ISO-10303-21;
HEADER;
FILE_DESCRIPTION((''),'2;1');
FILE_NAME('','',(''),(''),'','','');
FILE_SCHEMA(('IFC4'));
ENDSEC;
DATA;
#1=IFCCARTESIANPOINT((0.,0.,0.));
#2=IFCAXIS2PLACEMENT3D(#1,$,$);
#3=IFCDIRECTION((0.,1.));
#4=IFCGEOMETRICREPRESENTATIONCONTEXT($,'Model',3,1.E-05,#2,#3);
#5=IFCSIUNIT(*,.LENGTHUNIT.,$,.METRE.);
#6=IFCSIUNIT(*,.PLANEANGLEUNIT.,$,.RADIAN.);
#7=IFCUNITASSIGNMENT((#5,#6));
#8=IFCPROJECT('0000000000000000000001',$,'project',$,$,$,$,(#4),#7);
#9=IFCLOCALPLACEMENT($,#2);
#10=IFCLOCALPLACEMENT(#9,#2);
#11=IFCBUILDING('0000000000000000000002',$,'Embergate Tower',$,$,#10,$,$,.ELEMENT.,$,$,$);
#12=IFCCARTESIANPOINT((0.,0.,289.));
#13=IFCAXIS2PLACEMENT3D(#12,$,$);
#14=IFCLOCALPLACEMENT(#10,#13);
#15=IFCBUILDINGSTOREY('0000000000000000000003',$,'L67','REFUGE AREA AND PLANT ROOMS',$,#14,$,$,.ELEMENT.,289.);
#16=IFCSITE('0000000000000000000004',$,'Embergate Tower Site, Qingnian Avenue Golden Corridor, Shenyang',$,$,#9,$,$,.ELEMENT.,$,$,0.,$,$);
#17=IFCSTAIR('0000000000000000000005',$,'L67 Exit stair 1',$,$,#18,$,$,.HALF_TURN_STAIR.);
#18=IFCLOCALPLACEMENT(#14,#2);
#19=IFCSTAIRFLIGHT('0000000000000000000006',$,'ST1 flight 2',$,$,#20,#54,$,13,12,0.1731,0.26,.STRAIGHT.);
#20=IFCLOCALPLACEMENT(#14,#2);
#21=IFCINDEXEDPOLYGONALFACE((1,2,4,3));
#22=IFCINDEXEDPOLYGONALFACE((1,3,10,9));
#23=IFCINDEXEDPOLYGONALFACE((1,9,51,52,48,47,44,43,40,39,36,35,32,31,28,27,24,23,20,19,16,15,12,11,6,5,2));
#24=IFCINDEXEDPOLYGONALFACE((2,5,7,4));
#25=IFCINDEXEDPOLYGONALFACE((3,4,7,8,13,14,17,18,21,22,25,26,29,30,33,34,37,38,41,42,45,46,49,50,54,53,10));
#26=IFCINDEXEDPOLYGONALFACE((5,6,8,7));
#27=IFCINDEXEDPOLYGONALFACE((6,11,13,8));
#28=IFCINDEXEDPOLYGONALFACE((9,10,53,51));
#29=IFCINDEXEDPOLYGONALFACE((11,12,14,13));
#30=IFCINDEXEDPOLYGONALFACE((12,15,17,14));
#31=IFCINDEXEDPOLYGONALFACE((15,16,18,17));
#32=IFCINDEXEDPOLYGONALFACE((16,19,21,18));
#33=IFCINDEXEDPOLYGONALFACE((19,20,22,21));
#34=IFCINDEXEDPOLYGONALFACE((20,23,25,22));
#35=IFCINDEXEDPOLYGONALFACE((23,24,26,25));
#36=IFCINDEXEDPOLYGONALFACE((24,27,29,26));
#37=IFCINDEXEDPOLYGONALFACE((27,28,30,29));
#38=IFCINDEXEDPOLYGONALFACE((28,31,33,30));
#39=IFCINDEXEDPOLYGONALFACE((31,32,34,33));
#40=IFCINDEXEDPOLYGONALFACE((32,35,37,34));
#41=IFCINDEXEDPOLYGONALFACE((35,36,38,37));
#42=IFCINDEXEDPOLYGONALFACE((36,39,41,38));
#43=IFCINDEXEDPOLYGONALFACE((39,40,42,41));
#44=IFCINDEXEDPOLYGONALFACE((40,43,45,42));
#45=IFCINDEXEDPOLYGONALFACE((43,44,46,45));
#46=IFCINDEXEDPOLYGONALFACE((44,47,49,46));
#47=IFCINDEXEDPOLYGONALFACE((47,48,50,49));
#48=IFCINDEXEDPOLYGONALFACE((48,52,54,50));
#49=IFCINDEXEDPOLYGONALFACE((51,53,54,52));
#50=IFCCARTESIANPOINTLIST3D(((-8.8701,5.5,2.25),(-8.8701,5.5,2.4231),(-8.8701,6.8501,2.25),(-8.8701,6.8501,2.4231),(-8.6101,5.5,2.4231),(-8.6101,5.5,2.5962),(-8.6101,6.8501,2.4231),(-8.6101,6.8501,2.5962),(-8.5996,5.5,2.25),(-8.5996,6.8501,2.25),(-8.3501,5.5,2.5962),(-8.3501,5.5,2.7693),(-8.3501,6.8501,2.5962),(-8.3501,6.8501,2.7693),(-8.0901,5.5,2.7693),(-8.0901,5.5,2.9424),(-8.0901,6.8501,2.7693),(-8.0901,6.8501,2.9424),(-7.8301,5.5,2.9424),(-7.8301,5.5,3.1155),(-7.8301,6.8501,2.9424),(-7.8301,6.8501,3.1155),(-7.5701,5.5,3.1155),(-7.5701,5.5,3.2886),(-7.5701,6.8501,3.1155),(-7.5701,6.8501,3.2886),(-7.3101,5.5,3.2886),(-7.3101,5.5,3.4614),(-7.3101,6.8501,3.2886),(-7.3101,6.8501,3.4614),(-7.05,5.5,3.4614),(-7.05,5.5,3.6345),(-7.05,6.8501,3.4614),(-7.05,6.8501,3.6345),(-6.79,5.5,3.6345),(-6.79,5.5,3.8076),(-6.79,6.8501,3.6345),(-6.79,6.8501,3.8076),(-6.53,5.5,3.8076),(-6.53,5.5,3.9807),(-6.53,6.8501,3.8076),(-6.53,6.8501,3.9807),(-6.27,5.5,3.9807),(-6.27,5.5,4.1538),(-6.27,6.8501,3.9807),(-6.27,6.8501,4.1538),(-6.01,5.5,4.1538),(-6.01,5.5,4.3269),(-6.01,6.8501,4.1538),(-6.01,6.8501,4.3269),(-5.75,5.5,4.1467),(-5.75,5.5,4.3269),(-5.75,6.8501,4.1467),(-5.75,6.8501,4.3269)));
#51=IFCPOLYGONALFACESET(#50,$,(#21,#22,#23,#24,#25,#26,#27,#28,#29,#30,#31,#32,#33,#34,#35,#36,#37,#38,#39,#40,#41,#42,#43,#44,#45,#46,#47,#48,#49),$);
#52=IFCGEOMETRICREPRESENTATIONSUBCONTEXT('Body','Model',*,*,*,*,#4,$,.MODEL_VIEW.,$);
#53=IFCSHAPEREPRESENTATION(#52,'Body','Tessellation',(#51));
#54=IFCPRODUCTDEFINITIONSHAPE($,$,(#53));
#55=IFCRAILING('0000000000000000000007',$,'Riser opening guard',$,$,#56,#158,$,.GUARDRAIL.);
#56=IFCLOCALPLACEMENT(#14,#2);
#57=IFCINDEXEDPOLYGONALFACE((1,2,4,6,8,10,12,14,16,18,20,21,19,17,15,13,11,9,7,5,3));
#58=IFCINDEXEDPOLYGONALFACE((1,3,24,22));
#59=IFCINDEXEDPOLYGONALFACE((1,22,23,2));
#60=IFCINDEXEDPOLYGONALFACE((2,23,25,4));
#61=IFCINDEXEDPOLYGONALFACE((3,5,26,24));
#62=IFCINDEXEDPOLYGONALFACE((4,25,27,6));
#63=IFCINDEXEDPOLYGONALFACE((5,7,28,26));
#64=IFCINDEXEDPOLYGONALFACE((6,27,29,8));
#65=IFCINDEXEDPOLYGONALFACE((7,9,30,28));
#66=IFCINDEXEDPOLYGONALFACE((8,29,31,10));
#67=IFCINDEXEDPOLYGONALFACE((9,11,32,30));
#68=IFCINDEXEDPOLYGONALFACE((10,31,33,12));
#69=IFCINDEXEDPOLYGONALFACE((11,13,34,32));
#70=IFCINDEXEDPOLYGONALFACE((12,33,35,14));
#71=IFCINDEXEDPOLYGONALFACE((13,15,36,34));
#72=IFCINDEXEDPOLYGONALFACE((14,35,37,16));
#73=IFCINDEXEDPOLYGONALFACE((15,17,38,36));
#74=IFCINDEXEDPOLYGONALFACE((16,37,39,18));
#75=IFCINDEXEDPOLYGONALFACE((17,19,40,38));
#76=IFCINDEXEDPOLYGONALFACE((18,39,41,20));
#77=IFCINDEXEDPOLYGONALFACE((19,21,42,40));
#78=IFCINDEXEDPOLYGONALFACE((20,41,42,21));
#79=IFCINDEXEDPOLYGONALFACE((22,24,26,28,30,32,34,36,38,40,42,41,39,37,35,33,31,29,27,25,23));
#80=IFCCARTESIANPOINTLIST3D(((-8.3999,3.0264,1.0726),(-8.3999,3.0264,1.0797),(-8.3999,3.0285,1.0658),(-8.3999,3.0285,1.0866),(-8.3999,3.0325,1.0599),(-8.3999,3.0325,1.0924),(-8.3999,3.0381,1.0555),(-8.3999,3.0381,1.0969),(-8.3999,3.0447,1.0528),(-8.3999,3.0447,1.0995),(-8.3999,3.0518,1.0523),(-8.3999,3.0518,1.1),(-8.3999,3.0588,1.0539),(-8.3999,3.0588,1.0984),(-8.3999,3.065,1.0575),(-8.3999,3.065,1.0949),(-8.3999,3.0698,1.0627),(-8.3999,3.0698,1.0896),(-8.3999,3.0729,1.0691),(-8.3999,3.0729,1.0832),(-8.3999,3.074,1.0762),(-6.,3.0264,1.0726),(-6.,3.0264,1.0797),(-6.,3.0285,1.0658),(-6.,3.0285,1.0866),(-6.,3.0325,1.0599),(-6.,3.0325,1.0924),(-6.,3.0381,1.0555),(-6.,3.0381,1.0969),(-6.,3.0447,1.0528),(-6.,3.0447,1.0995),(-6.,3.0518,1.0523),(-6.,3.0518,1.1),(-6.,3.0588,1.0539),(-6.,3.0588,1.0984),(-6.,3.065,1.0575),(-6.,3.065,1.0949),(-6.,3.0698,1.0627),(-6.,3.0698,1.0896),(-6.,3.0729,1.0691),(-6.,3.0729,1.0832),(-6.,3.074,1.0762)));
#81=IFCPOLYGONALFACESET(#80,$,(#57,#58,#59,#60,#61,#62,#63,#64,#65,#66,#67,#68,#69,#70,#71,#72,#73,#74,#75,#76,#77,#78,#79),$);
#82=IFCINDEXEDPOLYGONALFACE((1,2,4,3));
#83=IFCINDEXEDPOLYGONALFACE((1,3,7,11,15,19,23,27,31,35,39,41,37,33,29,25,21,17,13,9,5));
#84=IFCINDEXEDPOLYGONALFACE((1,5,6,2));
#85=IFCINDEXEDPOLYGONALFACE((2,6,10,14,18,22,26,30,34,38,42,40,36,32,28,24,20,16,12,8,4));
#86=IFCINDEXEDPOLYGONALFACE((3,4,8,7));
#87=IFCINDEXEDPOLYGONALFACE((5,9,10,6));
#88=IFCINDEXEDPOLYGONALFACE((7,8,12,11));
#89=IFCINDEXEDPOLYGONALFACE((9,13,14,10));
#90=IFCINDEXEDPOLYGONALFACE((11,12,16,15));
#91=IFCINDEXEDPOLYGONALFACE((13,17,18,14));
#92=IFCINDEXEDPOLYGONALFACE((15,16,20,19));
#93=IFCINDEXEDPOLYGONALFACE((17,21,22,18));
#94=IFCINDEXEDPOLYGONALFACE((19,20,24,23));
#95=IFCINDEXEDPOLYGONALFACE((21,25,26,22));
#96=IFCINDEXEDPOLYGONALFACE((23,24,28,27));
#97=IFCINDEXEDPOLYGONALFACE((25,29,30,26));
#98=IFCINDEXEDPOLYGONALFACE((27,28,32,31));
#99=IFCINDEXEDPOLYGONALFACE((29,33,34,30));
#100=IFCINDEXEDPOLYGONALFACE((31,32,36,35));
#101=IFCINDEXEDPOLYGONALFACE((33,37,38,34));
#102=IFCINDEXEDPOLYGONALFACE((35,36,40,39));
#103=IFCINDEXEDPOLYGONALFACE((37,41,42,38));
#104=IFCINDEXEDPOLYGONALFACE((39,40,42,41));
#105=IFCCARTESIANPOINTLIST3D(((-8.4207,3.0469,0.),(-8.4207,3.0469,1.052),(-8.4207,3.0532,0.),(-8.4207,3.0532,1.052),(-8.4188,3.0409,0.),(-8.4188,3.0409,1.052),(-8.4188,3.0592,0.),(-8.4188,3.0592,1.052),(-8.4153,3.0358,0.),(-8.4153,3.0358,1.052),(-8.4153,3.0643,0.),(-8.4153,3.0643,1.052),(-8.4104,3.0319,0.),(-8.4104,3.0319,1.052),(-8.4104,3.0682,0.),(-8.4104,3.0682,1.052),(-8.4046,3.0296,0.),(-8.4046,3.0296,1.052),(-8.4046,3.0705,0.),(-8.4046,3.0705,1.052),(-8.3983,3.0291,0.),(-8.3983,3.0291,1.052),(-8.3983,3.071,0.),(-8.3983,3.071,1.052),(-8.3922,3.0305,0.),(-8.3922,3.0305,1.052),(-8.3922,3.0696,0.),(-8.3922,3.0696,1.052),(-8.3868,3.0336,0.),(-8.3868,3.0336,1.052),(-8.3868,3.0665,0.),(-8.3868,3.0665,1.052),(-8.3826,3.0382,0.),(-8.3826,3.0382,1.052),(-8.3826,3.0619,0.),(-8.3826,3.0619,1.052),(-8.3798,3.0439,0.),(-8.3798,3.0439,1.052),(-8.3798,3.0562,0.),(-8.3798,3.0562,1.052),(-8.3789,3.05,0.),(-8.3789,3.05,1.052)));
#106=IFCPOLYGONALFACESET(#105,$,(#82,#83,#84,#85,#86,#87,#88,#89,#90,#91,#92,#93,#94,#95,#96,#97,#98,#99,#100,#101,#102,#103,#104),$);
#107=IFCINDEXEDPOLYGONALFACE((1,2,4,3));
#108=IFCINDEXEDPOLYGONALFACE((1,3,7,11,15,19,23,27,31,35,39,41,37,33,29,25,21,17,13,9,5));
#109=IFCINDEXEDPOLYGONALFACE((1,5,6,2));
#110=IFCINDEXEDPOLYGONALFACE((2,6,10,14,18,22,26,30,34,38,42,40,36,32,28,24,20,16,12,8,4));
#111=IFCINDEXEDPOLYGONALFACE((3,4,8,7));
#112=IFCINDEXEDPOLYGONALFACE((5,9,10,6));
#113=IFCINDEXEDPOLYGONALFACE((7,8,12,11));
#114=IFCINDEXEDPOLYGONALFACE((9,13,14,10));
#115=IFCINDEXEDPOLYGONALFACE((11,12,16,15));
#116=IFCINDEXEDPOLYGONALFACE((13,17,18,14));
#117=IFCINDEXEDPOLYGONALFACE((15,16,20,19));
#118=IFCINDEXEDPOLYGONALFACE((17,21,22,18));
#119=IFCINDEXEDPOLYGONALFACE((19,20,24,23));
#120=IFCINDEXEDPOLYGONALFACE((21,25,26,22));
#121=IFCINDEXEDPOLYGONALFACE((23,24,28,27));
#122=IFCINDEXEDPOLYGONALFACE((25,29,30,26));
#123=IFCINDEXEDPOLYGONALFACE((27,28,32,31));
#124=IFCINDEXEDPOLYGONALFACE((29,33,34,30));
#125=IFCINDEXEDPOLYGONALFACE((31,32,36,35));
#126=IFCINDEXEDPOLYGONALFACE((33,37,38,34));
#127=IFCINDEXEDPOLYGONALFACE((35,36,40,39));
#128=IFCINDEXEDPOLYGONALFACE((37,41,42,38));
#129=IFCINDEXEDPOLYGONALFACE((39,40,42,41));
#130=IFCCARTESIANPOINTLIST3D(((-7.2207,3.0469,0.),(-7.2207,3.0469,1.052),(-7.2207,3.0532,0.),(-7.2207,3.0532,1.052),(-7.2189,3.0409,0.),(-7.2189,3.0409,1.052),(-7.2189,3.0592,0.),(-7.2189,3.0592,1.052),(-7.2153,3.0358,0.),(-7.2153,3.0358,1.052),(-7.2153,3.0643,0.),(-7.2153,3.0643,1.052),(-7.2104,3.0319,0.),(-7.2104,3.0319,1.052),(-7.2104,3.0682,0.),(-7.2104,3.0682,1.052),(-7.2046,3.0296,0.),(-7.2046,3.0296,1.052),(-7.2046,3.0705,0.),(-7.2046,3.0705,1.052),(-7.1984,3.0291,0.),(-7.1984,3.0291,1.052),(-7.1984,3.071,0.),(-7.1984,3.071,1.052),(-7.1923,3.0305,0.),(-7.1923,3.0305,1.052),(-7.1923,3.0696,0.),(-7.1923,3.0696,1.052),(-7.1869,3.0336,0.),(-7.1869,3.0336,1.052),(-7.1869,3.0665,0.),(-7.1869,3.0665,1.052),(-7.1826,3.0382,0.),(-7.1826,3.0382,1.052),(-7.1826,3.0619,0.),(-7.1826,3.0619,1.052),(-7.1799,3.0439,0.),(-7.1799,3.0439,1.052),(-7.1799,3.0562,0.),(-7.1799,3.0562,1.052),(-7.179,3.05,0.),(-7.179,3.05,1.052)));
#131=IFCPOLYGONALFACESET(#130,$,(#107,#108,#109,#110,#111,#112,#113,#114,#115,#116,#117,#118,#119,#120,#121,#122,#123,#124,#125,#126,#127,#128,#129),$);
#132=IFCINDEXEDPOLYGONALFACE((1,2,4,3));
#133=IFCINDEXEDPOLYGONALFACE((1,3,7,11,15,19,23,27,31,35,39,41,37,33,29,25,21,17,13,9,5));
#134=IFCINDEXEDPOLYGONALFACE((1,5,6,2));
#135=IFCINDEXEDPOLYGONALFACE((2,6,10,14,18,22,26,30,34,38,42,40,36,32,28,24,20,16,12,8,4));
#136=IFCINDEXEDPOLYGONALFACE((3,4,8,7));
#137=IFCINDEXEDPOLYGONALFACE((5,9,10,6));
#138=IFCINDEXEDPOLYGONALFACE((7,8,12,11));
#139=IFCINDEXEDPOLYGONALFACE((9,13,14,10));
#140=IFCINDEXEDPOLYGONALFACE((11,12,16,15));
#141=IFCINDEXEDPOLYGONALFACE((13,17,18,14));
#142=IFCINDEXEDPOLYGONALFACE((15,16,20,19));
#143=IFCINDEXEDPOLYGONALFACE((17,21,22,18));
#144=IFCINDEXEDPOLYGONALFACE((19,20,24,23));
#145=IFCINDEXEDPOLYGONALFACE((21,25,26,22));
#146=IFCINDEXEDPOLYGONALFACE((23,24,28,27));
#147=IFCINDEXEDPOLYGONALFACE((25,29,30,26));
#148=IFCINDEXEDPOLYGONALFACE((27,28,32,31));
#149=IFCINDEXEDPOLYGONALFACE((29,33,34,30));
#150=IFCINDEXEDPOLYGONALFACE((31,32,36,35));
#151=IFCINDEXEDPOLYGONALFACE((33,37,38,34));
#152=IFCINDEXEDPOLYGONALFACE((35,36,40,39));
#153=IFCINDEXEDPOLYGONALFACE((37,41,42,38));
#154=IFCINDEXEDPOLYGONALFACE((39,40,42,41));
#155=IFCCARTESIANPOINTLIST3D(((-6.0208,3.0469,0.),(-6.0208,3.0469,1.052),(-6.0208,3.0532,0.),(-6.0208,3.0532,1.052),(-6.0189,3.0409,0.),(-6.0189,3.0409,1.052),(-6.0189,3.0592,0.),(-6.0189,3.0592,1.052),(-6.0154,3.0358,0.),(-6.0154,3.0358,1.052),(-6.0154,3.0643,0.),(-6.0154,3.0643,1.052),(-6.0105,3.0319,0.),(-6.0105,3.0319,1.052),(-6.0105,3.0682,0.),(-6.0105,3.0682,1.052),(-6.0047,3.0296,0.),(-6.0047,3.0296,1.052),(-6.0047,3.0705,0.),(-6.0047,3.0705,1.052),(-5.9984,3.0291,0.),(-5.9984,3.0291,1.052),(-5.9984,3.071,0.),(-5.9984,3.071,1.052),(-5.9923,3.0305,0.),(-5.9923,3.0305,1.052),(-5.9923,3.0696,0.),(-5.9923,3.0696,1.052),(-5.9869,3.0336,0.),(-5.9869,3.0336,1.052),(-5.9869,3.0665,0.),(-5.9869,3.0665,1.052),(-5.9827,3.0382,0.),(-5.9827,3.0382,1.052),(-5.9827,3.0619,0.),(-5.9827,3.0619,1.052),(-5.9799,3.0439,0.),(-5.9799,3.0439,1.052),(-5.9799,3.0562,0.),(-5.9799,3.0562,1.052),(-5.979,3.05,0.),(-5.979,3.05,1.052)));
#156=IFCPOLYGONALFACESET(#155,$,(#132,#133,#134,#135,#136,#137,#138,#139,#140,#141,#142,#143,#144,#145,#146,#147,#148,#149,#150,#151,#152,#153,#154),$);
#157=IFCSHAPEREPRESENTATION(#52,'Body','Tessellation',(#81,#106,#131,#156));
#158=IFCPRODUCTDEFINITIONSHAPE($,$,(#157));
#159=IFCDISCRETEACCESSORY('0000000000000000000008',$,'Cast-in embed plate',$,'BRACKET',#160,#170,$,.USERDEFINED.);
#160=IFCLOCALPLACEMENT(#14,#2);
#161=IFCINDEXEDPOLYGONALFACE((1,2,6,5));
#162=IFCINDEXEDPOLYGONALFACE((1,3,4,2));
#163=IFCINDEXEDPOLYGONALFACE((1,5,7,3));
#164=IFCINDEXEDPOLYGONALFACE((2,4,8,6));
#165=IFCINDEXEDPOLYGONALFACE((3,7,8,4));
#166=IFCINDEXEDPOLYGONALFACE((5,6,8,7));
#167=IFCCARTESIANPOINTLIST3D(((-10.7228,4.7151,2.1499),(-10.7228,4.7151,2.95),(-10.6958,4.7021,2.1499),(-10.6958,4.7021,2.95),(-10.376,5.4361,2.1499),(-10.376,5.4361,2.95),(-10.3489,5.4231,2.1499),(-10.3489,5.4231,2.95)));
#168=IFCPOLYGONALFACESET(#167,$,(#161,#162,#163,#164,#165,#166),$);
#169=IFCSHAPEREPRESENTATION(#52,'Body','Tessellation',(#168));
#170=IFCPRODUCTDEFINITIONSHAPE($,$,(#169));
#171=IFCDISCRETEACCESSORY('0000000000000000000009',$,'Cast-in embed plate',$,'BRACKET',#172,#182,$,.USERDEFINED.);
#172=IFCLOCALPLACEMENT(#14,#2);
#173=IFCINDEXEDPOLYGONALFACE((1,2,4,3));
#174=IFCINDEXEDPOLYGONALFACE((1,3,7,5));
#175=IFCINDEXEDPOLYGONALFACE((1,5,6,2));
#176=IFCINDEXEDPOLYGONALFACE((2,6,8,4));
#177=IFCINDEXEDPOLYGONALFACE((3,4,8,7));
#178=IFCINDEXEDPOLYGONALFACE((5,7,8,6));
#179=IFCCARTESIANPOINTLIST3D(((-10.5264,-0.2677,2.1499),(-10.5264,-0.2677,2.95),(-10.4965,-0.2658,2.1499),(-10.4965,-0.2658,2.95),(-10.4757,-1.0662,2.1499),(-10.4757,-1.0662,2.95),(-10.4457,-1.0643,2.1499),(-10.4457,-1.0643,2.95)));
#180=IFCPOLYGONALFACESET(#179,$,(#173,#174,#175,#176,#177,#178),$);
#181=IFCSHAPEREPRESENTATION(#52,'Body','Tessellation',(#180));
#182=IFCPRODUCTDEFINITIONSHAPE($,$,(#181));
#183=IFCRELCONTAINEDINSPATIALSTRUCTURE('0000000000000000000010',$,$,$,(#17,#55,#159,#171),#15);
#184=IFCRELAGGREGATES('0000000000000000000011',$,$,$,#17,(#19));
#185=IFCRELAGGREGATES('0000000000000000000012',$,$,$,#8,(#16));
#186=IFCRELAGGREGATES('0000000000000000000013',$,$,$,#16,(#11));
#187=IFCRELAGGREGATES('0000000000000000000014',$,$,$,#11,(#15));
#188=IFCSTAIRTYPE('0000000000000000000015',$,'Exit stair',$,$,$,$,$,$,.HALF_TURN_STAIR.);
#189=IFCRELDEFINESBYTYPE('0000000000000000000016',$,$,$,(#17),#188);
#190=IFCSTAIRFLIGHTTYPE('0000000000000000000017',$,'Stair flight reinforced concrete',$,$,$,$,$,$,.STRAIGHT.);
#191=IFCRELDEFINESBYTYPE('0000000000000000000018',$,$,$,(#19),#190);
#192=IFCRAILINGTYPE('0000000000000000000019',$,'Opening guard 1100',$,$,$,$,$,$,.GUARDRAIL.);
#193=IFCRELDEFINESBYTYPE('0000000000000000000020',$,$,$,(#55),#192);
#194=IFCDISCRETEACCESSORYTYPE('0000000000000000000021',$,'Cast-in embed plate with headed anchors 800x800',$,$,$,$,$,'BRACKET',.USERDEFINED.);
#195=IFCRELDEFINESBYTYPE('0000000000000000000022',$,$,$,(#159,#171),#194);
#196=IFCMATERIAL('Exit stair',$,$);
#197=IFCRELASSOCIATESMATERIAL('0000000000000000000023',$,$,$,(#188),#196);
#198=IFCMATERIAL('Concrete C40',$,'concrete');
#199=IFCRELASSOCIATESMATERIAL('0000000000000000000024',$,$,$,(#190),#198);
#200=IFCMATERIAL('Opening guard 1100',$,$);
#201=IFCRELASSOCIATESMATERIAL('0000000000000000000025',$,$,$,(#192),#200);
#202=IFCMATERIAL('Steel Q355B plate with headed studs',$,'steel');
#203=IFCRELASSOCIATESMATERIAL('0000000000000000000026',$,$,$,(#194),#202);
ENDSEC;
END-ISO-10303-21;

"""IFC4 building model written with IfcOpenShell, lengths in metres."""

from ifc_helpers import new_model, si_unit, direction, frame, origin, origin_2d, place, context, subcontext, project, spatial, polyline, rectangle, circle, outline, extrude, source, transform, mapped, material, type_object, element, aggregate, save


model = new_model("IFC4")

# Units and contexts
model_context = context("Model", 3, precision=1e-05, world=origin(), true_north=direction((0.0, 1.0)))
body_context = subcontext(model_context, "Body", "Model", "MODEL_VIEW")
ifc_project = project(units=[si_unit("LENGTHUNIT", "METRE"), si_unit("PLANEANGLEUNIT", "RADIAN")], contexts=[model_context])

# Site, building, storey
site_placement = place(None, origin())
site = spatial("IfcSite", under=ifc_project, at=site_placement, Name="Embergate Tower Site, Qingnian Avenue Golden Corridor, Shenyang", CompositionType="ELEMENT", RefElevation=0.0)
building_placement = place(site_placement, origin())
building = spatial("IfcBuilding", under=site, at=building_placement, Name="Embergate Tower", CompositionType="ELEMENT")
storey_placement = place(building_placement, frame((0.0, 0.0, 289.0)))
storey = spatial("IfcBuildingStorey", under=building, at=storey_placement, Name="L67", Description="REFUGE AREA AND PLANT ROOMS", CompositionType="ELEMENT", Elevation=289.0)

# Stair
ifc_material_1 = material(Name="Exit stair")
stair_type = type_object("IfcStairType", Name="Exit stair", PredefinedType="HALF_TURN_STAIR", material=ifc_material_1)
stair_placement = place(storey_placement, origin())
stair = element("IfcStair", 1, at=stair_placement, inside=storey, type_object=stair_type, Name="L67 Exit stair 1", PredefinedType="HALF_TURN_STAIR")
ifc_material_2 = material(Name="Concrete C40", Category="concrete")

# Stair flight
stair_flight_type = type_object("IfcStairFlightType", Name="Stair flight reinforced concrete", PredefinedType="STRAIGHT", material=ifc_material_2)
shared_shape_1 = source(origin(), body_context, "Body", "SweptSolid", [
    extrude(outline(polyline([(0.0, 0.0), (0.0, 0.1731), (0.26, 0.1731), (0.26, 0.3462), (0.52, 0.3462), (0.52, 0.5193), (0.78, 0.5193), (0.78, 0.6924), (1.04, 0.6924), (1.04, 0.8655), (1.3, 0.8655), (1.3, 1.0386), (1.5601, 1.0386), (1.5601, 1.2114), (1.8201, 1.2114), (1.8201, 1.3845), (2.0801, 1.3845), (2.0801, 1.5576), (2.3401, 1.5576), (2.3401, 1.7307), (2.6001, 1.7307), (2.6001, 1.9038), (2.8601, 1.9038), (2.8601, 2.0769), (3.1201, 2.0769), (3.1201, 2.25), (3.1201, 1.8967), (0.2705, 0.0), (0.0, 0.0)])), frame((0.0, 0.675, 0.0), z_axis=(0.0, -1.0, 0.0), x_axis=(1.0, 0.0, 0.0)), (0.0, 0.0, 1.0), 1.3501),
])
stair_flight_placement = place(storey_placement, frame((-8.8701, 6.175, 2.25), z_axis=(0.0, 0.0, 1.0), x_axis=(1.0, 0.0, 0.0)))
stair_flight = element("IfcStairFlight", 2, at=stair_flight_placement, type_object=stair_flight_type, Name="ST1 flight 2", NumberOfRisers=13, NumberOfTreads=12, PredefinedType="STRAIGHT", RiserHeight=0.1731, TreadLength=0.26, context=body_context, shape_type="MappedRepresentation", body=[
    mapped(shared_shape_1, transform((0.0, 0.0, 0.0))),
])
aggregate(stair, [stair_flight])

# Railing
ifc_material_3 = material(Name="Opening guard 1100")
railing_type = type_object("IfcRailingType", Name="Opening guard 1100", PredefinedType="GUARDRAIL", material=ifc_material_3)
shared_shape_2 = source(origin(), body_context, "Body", "SweptSolid", [
    extrude(circle(Radius=0.0239, at=origin_2d()), frame((0.0, 0.0, 1.0762), z_axis=(1.0, 0.0, 0.0), x_axis=(0.0, 1.0, 0.0)), (0.0, 0.0, 1.0), 2.3999),
    extrude(circle(Radius=0.021, at=origin_2d()), origin(), (0.0, 0.0, 1.0), 1.052),
    extrude(circle(Radius=0.021, at=origin_2d()), frame((1.2, 0.0, 0.0)), (0.0, 0.0, 1.0), 1.052),
    extrude(circle(Radius=0.021, at=origin_2d()), frame((2.3999, 0.0, 0.0)), (0.0, 0.0, 1.0), 1.052),
])
railing_placement = place(storey_placement, frame((-8.3999, 3.05, 0.0)))
element("IfcRailing", 3, at=railing_placement, inside=storey, type_object=railing_type, Name="Riser opening guard", PredefinedType="GUARDRAIL", context=body_context, shape_type="MappedRepresentation", body=[
    mapped(shared_shape_2, transform((0.0, 0.0, 0.0))),
])

# Discrete accessories
ifc_material_4 = material(Name="Steel Q355B plate with headed studs", Category="steel")
discrete_accessory_type = type_object("IfcDiscreteAccessoryType", Name="Cast-in embed plate with headed anchors 800x800", ElementType="BRACKET", PredefinedType="USERDEFINED", material=ifc_material_4)
shared_shape_3 = source(origin(), body_context, "Body", "SweptSolid", [
    extrude(rectangle(XDim=0.03, YDim=0.8, at=origin_2d()), origin(), (0.0, 0.0, 1.0), 0.8),
])
for number, where, z_axis, x_axis, name in (
    (4, (-10.5359, 5.0691, 2.1499), (0.0, 0.0, 1.0), (-0.901145, 0.433518, 0.0), "Cast-in embed plate"),
    (5, (-10.4861, -0.666, 2.1499), (0.0, 0.0, 1.0), (-0.997989, -0.063383, 0.0), "Cast-in embed plate"),
):
    element("IfcDiscreteAccessory", number, at=place(storey_placement, frame(where, z_axis=z_axis, x_axis=x_axis)), inside=storey, type_object=discrete_accessory_type, Name=name, ObjectType="BRACKET", PredefinedType="USERDEFINED", context=body_context, shape_type="MappedRepresentation", body=[
        mapped(shared_shape_3, transform((0.0, 0.0, 0.0))),
    ])

save(model, "model.ifc")
